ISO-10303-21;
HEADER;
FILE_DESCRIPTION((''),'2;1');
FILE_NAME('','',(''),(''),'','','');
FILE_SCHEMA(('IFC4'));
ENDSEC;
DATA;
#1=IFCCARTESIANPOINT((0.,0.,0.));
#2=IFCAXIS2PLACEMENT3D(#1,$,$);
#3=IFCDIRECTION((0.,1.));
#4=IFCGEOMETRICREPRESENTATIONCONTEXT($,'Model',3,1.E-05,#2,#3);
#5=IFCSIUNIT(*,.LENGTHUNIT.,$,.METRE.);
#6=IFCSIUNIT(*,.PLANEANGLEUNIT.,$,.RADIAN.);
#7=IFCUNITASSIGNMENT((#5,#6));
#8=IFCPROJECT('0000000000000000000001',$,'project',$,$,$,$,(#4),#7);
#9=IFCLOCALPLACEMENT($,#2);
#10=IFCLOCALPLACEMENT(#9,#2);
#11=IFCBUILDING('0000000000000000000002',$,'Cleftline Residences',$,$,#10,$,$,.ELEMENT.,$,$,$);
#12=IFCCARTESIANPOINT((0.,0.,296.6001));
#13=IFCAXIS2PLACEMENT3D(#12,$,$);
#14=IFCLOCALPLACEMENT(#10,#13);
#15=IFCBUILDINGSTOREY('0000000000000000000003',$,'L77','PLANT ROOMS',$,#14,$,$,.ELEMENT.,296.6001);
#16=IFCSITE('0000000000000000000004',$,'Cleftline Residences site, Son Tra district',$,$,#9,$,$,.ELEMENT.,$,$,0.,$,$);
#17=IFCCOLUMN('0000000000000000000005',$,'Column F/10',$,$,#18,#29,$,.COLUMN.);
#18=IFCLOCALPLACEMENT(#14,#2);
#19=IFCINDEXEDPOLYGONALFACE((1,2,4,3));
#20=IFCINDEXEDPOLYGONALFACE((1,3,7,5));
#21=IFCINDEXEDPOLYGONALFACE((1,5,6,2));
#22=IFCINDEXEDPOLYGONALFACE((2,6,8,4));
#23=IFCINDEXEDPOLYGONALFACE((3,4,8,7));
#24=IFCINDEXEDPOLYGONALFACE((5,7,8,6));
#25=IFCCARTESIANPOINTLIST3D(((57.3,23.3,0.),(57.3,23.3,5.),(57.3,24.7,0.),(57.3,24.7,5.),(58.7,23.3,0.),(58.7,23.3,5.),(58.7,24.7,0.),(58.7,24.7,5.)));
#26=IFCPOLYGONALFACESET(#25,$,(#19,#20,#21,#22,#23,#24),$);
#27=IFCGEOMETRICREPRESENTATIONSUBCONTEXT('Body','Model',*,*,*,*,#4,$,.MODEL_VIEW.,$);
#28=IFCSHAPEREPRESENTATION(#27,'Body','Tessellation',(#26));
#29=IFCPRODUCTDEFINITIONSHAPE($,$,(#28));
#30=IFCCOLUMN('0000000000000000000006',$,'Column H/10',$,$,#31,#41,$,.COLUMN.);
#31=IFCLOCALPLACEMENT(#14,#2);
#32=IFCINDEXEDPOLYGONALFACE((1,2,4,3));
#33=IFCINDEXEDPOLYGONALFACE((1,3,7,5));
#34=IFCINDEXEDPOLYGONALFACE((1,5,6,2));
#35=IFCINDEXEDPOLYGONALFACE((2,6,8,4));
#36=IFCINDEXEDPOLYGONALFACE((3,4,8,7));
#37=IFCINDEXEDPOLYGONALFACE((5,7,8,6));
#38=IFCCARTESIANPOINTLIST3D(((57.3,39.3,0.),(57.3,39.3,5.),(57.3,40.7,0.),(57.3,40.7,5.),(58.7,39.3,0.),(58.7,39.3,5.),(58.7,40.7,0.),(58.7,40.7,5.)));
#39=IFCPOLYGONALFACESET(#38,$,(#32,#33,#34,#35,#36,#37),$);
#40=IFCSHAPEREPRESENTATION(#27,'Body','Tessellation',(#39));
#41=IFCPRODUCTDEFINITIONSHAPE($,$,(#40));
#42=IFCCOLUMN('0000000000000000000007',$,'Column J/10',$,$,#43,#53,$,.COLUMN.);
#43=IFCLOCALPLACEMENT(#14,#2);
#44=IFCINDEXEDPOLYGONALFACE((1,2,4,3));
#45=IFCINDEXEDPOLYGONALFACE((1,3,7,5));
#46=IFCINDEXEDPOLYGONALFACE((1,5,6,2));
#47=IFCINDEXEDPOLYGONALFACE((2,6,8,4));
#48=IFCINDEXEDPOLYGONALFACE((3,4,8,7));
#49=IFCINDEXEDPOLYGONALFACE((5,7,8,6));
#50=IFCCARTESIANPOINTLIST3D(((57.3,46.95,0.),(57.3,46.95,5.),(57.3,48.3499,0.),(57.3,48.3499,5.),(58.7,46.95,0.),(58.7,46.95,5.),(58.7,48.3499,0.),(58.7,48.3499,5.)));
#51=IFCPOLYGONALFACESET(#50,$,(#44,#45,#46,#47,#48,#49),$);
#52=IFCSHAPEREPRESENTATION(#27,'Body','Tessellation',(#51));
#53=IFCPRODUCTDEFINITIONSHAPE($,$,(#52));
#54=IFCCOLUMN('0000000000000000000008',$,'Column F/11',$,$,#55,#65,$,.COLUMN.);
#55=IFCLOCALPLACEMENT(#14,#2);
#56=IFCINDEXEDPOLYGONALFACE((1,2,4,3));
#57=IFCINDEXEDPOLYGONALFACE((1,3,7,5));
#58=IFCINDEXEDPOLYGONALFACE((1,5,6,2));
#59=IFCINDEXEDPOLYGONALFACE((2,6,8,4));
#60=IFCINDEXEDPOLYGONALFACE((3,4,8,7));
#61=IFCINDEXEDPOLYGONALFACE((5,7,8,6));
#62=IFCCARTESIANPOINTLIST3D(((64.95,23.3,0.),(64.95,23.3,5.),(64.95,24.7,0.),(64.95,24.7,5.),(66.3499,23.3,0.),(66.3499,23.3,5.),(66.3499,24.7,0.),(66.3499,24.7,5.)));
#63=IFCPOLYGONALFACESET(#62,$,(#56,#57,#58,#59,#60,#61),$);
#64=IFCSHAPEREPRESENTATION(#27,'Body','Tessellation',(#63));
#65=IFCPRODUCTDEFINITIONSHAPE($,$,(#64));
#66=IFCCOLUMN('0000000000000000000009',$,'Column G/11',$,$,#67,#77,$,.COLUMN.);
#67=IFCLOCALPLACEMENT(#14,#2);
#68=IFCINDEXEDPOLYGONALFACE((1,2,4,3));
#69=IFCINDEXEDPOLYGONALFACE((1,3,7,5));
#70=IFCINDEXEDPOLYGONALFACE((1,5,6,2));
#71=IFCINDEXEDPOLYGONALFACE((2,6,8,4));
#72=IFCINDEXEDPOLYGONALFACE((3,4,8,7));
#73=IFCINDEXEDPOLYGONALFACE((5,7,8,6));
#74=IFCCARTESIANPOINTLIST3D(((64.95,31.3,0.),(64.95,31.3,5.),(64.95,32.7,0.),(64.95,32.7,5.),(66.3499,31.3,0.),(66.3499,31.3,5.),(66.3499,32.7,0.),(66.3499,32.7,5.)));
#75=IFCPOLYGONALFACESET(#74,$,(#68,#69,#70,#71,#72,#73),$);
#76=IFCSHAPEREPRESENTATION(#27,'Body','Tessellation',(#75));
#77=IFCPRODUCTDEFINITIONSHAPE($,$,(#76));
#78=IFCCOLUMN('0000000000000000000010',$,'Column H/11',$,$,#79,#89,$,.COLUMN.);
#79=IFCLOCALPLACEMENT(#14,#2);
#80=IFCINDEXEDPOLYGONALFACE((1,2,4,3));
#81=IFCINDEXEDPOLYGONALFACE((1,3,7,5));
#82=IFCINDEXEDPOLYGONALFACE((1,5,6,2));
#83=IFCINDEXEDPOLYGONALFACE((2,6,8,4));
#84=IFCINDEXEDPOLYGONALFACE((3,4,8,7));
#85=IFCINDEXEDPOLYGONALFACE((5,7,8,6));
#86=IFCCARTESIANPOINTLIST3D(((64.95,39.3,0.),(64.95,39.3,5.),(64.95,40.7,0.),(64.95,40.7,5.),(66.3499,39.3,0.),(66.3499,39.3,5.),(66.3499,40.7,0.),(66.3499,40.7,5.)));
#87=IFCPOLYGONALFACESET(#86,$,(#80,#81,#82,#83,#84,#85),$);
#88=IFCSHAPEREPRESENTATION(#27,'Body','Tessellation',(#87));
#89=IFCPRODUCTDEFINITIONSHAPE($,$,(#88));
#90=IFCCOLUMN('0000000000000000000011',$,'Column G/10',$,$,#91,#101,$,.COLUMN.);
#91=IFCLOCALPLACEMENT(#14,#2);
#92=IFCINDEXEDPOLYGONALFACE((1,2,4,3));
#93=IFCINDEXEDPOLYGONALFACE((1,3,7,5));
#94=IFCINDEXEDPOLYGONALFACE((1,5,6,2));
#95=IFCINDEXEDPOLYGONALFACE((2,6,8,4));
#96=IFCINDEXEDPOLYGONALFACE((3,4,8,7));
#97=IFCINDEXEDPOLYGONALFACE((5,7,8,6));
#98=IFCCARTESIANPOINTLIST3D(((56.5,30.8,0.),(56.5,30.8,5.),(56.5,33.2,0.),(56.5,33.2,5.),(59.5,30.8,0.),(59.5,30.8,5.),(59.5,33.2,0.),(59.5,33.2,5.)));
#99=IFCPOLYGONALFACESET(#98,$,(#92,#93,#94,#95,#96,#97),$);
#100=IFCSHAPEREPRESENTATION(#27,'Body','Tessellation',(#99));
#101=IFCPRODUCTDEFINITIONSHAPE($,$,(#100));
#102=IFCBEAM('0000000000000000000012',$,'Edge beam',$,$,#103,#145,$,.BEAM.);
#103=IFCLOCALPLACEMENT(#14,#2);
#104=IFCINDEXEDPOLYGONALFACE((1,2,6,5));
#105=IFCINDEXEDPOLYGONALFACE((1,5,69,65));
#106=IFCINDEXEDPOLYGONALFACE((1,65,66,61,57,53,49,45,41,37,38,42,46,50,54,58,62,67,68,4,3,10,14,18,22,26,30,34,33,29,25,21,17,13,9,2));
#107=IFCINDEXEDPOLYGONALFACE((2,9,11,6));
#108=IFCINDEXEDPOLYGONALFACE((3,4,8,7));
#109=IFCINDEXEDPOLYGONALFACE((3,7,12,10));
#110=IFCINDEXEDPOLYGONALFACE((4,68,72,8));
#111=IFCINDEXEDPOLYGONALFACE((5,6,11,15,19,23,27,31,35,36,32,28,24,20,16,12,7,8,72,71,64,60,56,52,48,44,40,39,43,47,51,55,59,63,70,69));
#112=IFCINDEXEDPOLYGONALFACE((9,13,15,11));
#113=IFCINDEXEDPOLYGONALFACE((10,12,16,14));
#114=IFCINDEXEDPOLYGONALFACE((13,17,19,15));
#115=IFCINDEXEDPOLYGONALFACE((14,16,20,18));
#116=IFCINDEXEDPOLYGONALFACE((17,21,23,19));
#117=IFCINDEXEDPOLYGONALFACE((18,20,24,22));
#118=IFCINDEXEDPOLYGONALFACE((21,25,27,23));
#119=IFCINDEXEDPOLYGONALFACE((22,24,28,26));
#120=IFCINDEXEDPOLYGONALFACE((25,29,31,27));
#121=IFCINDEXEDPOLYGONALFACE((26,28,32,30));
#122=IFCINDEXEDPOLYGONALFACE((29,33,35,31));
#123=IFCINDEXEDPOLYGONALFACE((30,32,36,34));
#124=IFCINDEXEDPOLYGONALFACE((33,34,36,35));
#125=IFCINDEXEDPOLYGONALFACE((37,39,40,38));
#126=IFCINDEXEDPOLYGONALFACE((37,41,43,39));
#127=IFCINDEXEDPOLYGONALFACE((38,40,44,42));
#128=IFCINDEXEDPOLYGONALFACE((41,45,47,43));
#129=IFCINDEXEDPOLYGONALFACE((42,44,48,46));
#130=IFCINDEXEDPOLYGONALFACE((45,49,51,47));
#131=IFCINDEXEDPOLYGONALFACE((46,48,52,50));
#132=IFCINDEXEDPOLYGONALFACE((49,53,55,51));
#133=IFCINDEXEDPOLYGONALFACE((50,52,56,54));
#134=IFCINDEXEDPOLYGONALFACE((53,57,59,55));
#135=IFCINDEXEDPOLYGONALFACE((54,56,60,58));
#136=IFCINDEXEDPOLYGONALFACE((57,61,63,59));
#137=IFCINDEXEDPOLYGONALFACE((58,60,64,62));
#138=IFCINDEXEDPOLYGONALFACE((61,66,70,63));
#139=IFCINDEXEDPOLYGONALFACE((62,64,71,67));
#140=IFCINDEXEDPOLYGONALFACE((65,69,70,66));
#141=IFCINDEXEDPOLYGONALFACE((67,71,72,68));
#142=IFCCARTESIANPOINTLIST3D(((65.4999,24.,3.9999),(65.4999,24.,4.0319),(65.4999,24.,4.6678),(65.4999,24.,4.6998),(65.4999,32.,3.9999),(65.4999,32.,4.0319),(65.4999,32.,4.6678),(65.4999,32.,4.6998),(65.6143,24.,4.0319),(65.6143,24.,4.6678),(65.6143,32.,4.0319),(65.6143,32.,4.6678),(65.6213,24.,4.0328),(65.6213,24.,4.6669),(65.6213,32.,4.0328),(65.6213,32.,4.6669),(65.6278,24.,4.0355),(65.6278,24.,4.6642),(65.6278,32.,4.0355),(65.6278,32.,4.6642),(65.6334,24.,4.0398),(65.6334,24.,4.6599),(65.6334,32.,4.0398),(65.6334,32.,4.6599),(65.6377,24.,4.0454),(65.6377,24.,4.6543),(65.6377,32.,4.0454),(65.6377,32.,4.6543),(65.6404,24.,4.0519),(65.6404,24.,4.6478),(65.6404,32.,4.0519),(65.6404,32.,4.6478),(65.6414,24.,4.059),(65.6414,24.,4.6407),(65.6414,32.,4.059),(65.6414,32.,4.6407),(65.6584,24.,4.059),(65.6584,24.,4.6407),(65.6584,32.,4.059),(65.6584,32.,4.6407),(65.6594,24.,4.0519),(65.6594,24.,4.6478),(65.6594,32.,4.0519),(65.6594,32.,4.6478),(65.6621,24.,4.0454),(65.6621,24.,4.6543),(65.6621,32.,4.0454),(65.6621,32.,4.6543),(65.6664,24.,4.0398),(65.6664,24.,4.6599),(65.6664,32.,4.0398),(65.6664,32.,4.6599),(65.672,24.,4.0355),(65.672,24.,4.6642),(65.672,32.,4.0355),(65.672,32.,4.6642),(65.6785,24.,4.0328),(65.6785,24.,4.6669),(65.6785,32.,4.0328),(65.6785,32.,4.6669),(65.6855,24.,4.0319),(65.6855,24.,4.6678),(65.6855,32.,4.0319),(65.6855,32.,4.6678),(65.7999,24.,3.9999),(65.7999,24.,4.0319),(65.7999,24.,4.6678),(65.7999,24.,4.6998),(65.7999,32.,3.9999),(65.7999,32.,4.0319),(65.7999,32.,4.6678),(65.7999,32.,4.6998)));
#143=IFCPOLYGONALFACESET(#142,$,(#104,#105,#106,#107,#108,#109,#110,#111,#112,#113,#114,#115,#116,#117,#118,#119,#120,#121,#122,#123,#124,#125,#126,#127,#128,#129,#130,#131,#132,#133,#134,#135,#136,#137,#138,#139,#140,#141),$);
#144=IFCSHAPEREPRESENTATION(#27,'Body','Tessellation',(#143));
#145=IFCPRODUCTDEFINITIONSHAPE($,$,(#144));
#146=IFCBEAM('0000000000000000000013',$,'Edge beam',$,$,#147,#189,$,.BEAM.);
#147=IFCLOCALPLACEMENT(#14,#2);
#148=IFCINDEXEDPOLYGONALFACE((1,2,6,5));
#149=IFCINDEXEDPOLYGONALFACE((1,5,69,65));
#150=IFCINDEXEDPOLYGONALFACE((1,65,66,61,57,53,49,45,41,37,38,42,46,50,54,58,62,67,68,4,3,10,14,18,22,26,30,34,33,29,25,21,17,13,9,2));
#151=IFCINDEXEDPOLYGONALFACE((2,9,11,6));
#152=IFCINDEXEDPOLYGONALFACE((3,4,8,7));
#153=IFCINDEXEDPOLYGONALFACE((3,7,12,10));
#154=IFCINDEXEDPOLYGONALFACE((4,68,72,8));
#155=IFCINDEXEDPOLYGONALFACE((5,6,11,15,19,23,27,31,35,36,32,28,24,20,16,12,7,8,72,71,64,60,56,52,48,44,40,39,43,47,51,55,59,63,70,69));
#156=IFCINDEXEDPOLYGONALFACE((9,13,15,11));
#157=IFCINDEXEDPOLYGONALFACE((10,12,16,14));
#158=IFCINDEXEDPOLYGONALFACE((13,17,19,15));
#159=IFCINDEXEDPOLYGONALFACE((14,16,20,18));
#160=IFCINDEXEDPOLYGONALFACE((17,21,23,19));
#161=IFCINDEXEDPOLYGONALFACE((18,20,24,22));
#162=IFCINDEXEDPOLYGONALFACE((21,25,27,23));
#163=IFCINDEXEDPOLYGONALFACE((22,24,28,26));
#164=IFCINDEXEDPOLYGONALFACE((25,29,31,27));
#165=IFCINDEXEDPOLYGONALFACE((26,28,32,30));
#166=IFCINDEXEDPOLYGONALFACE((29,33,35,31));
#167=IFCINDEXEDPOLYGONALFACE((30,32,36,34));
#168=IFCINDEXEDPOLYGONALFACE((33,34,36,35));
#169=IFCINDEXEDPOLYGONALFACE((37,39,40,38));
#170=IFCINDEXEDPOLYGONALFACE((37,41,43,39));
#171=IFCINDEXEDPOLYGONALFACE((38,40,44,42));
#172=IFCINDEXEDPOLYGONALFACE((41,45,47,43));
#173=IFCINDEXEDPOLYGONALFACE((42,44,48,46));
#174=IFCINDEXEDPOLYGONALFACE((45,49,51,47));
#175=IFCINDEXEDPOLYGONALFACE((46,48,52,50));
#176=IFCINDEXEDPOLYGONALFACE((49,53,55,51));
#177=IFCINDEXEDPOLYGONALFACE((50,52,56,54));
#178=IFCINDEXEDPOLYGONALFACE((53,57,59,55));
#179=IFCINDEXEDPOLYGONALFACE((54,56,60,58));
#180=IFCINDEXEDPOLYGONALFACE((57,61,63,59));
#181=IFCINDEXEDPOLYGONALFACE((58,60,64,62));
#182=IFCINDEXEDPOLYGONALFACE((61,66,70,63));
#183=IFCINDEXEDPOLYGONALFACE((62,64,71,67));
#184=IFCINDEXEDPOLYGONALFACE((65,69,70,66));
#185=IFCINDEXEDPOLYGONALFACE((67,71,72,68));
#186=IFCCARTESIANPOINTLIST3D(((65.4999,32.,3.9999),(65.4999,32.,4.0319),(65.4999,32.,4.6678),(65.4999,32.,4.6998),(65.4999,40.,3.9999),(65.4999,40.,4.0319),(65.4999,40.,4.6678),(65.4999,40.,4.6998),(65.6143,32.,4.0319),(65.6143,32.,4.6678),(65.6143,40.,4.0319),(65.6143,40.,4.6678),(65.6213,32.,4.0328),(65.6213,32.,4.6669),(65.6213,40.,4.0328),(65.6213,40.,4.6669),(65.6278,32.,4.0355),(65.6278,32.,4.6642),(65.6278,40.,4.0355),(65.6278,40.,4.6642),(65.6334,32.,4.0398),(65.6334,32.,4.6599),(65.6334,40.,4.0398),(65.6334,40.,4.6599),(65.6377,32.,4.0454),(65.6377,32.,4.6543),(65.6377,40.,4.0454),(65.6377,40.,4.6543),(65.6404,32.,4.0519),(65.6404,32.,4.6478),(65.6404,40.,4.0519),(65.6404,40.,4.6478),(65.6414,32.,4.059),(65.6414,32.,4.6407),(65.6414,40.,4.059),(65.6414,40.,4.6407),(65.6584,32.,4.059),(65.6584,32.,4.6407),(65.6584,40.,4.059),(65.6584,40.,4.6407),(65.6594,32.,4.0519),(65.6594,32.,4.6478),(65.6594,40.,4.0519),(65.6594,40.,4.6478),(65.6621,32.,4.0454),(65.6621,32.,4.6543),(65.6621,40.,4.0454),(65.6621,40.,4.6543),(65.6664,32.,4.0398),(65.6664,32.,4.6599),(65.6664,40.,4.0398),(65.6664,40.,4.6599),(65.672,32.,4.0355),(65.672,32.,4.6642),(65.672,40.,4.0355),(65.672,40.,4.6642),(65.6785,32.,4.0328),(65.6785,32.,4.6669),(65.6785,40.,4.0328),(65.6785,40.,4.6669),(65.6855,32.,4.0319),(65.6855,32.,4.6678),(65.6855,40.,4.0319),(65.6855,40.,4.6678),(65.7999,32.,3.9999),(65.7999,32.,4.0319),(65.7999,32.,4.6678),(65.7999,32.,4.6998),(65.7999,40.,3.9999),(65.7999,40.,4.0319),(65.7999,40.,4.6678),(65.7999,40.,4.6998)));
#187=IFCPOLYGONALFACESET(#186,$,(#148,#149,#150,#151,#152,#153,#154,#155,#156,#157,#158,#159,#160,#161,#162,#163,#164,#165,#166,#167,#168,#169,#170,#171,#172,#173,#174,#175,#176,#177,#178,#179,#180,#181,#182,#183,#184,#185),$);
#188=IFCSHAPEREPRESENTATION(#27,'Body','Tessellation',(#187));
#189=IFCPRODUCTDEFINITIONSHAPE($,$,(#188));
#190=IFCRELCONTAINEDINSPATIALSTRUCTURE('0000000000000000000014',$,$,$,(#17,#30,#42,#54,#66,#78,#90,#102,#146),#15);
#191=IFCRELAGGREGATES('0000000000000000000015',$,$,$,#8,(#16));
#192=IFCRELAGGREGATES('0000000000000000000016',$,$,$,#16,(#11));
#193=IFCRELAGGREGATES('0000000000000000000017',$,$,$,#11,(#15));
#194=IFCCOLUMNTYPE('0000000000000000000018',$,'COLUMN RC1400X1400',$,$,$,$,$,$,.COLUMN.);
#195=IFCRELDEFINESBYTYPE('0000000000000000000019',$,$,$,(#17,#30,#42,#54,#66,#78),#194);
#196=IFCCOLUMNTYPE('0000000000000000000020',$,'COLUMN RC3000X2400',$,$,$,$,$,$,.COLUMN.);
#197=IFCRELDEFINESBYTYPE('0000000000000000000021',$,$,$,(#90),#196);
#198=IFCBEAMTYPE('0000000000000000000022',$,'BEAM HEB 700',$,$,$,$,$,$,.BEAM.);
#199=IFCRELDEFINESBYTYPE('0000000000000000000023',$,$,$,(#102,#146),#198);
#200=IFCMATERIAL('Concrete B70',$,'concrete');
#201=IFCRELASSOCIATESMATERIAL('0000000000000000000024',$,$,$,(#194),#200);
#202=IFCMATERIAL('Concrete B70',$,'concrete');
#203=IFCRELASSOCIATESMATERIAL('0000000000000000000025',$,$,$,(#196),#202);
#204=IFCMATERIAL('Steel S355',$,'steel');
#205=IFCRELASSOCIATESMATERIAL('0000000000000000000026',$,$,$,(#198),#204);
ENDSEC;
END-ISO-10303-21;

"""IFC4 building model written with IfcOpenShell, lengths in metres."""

from ifc_helpers import new_model, si_unit, direction, frame, origin, origin_2d, place, context, subcontext, project, spatial, rectangle, i_section, extrude, material, material_profile, profile_set, type_object, element, save


model = new_model("IFC4")

# Units and contexts
model_context = context("Model", 3, precision=1e-05, world=origin(), true_north=direction((0.0, 1.0)))
body_context = subcontext(model_context, "Body", "Model", "MODEL_VIEW")
ifc_project = project(units=[si_unit("LENGTHUNIT", "METRE"), si_unit("PLANEANGLEUNIT", "RADIAN")], contexts=[model_context])

# Site, building, storey
site_placement = place(None, origin())
site = spatial("IfcSite", under=ifc_project, at=site_placement, Name="Cleftline Residences site, Son Tra district", CompositionType="ELEMENT", RefElevation=0.0)
building_placement = place(site_placement, origin())
building = spatial("IfcBuilding", under=site, at=building_placement, Name="Cleftline Residences", CompositionType="ELEMENT")
storey_placement = place(building_placement, frame((0.0, 0.0, 296.6001)))
storey = spatial("IfcBuildingStorey", under=building, at=storey_placement, Name="L77", Description="PLANT ROOMS", CompositionType="ELEMENT", Elevation=296.6001)

# Columns
ifc_material_1 = material(Name="Concrete B70", Category="concrete")
ifc_material_profile_1 = material_profile(ifc_material_1, rectangle(XDim=1.3999, YDim=1.3999, at=origin_2d()))
ifc_profile_set_1 = profile_set([ifc_material_profile_1], Name="Concrete B70")
column_type_1 = type_object("IfcColumnType", Name="COLUMN RC1400X1400", PredefinedType="COLUMN", material=ifc_profile_set_1)
for number, where, z_axis, x_axis, name in (
    (1, (58.0, 24.0, 0.0), (0.0, 0.0, 1.0), (1.0, 0.0, 0.0), "Column F/10"),
    (2, (58.0, 40.0, 0.0), (0.0, 0.0, 1.0), (1.0, 0.0, 0.0), "Column H/10"),
    (3, (58.0, 47.6499, 0.0), (0.0, 0.0, 1.0), (1.0, 0.0, 0.0), "Column J/10"),
    (4, (65.6499, 24.0, 0.0), (0.0, 0.0, 1.0), (1.0, 0.0, 0.0), "Column F/11"),
    (5, (65.6499, 32.0, 0.0), (0.0, 0.0, 1.0), (1.0, 0.0, 0.0), "Column G/11"),
    (6, (65.6499, 40.0, 0.0), (0.0, 0.0, 1.0), (1.0, 0.0, 0.0), "Column H/11"),
):
    element("IfcColumn", number, at=place(storey_placement, frame(where, z_axis=z_axis, x_axis=x_axis)), inside=storey, type_object=column_type_1, Name=name, PredefinedType="COLUMN", context=body_context, shape_type="SweptSolid", body=[
        extrude(rectangle(XDim=1.3999, YDim=1.3999, at=origin_2d()), origin(), (0.0, 0.0, 1.0), 5.0),
    ])
ifc_material_2 = material(Name="Concrete B70", Category="concrete")
ifc_material_profile_2 = material_profile(ifc_material_2, rectangle(XDim=3.0, YDim=2.3999, at=origin_2d()))
ifc_profile_set_2 = profile_set([ifc_material_profile_2], Name="Concrete B70")
column_type_2 = type_object("IfcColumnType", Name="COLUMN RC3000X2400", PredefinedType="COLUMN", material=ifc_profile_set_2)
column_placement = place(storey_placement, frame((58.0, 32.0, 0.0), z_axis=(0.0, 0.0, 1.0), x_axis=(1.0, 0.0, 0.0)))
element("IfcColumn", 7, at=column_placement, inside=storey, type_object=column_type_2, Name="Column G/10", PredefinedType="COLUMN", context=body_context, shape_type="SweptSolid", body=[
    extrude(rectangle(XDim=3.0, YDim=2.3999, at=origin_2d()), origin(), (0.0, 0.0, 1.0), 5.0),
])

# Beams
ifc_material_3 = material(Name="Steel S355", Category="steel")
ifc_material_profile_3 = material_profile(ifc_material_3, i_section(OverallWidth=0.3, OverallDepth=0.7, WebThickness=0.0171, FlangeThickness=0.032, FilletRadius=0.0271, at=origin_2d()))
ifc_profile_set_3 = profile_set([ifc_material_profile_3], Name="Steel S355")
beam_type_1 = type_object("IfcBeamType", Name="BEAM HEB 700", PredefinedType="BEAM", material=ifc_profile_set_3)
for number, where, z_axis, x_axis, name in (
    (8, (65.6499, 24.0, 4.3499), (0.0, 1.0, 0.0), (-1.0, 0.0, 0.0), "Edge beam"),
    (9, (65.6499, 32.0, 4.3499), (0.0, 1.0, 0.0), (-1.0, 0.0, 0.0), "Edge beam"),
):
    element("IfcBeam", number, at=place(storey_placement, frame(where, z_axis=z_axis, x_axis=x_axis)), inside=storey, type_object=beam_type_1, Name=name, PredefinedType="BEAM", context=body_context, shape_type="SweptSolid", body=[
        extrude(i_section(OverallWidth=0.3, OverallDepth=0.7, WebThickness=0.0171, FlangeThickness=0.032, FilletRadius=0.0271, at=origin_2d()), origin(), (0.0, 0.0, 1.0), 8.0),
    ])

save(model, "model.ifc")
